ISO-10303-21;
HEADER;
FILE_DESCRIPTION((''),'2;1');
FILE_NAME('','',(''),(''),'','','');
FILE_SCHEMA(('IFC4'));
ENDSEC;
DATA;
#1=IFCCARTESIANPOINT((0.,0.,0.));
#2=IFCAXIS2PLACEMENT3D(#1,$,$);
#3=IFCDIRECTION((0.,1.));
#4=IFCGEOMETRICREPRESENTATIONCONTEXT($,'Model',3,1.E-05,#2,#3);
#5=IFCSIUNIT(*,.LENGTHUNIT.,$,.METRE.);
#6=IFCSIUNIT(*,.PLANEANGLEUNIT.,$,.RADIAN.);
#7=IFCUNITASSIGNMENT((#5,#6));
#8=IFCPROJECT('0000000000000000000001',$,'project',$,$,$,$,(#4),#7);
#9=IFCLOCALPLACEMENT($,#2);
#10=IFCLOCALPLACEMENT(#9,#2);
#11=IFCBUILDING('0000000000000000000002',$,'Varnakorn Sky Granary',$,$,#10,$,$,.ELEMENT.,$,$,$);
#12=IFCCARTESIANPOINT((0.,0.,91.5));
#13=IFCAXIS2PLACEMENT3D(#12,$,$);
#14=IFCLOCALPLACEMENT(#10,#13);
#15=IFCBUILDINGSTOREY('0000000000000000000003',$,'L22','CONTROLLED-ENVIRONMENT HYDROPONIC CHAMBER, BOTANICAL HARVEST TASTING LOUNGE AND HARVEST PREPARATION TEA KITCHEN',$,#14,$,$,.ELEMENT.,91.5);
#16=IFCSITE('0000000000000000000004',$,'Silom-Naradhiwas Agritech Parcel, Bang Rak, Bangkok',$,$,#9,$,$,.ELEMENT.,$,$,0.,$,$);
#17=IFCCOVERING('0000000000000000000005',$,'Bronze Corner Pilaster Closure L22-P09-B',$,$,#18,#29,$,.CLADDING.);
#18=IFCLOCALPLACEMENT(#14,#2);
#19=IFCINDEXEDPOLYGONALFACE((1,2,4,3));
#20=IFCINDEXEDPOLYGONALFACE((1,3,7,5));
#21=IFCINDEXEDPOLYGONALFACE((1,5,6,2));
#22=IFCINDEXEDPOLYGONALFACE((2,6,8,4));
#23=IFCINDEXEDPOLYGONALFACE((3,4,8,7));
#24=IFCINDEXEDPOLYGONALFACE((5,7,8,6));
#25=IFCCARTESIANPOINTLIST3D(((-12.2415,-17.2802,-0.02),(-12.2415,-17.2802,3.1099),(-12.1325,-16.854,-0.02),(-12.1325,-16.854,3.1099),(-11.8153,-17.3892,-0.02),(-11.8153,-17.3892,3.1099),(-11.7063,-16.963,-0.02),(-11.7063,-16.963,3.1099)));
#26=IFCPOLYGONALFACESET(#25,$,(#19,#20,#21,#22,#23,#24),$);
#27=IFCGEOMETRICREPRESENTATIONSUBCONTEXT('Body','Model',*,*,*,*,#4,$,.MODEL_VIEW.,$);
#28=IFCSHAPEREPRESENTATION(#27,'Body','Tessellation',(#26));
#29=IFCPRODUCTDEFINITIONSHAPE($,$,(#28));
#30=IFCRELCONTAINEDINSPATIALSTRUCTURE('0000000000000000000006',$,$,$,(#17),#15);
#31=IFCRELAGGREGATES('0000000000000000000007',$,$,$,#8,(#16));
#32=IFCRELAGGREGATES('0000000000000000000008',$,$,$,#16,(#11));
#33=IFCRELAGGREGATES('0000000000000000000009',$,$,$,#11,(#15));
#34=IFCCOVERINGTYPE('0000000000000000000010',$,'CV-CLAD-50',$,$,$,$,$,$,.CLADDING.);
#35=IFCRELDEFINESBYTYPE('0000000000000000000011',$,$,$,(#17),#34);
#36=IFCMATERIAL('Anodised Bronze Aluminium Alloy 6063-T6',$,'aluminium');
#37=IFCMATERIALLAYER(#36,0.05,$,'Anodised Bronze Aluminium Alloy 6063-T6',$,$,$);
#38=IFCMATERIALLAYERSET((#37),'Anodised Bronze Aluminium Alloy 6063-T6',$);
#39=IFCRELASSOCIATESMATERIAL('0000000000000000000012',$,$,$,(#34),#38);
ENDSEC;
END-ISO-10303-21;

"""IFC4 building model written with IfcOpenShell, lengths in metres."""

from ifc_helpers import new_model, si_unit, direction, frame, origin, origin_2d, place, context, subcontext, project, spatial, rectangle, extrude, source, transform, mapped, material, layer, layer_set, type_object, type_shapes, element, save


model = new_model("IFC4")

# Units and contexts
model_context = context("Model", 3, precision=1e-05, world=origin(), true_north=direction((0.0, 1.0)))
body_context = subcontext(model_context, "Body", "Model", "MODEL_VIEW")
ifc_project = project(units=[si_unit("LENGTHUNIT", "METRE"), si_unit("PLANEANGLEUNIT", "RADIAN")], contexts=[model_context])

# Site, building, storey
site_placement = place(None, origin())
site = spatial("IfcSite", under=ifc_project, at=site_placement, Name="Silom-Naradhiwas Agritech Parcel, Bang Rak, Bangkok", CompositionType="ELEMENT", RefElevation=0.0)
building_placement = place(site_placement, origin())
building = spatial("IfcBuilding", under=site, at=building_placement, Name="Varnakorn Sky Granary", CompositionType="ELEMENT")
storey_placement = place(building_placement, frame((0.0, 0.0, 91.5)))
storey = spatial("IfcBuildingStorey", under=building, at=storey_placement, Name="L22", Description="CONTROLLED-ENVIRONMENT HYDROPONIC CHAMBER, BOTANICAL HARVEST TASTING LOUNGE AND HARVEST PREPARATION TEA KITCHEN", CompositionType="ELEMENT", Elevation=91.5)

# Shared definitions
ifc_material_1 = material(Name="Anodised Bronze Aluminium Alloy 6063-T6", Category="aluminium")

# Covering
ifc_layer_1 = layer(ifc_material_1, 0.05, Name="Anodised Bronze Aluminium Alloy 6063-T6")
ifc_layer_set_1 = layer_set([ifc_layer_1], Name="Anodised Bronze Aluminium Alloy 6063-T6")
covering_type = type_object("IfcCoveringType", Name="CV-CLAD-50", PredefinedType="CLADDING", material=ifc_layer_set_1)
shared_shape_1 = source(origin(), body_context, "Body", "SweptSolid", [
    extrude(rectangle(XDim=0.4399, YDim=0.4399, at=origin_2d()), origin(), (0.0, 0.0, 1.0), 3.1299),
])
type_shapes(covering_type, [shared_shape_1])
for number, where, z_axis, x_axis, name in (
    (1, (-11.9739, -17.1216, -0.02), (0.0, 0.0, 1.0), (-0.9688, 0.247845, 0.0), "Bronze Corner Pilaster Closure L22-P09-B"),
):
    element("IfcCovering", number, at=place(storey_placement, frame(where, z_axis=z_axis, x_axis=x_axis)), inside=storey, type_object=covering_type, Name=name, PredefinedType="CLADDING", context=body_context, shape_type="MappedRepresentation", body=[
        mapped(shared_shape_1, transform((0.0, 0.0, 0.0), x_axis=(1.0, 0.0, 0.0), y_axis=(0.0, 1.0, 0.0), z_axis=(0.0, 0.0, 1.0), scale=1.0)),
    ])

save(model, "model.ifc")
